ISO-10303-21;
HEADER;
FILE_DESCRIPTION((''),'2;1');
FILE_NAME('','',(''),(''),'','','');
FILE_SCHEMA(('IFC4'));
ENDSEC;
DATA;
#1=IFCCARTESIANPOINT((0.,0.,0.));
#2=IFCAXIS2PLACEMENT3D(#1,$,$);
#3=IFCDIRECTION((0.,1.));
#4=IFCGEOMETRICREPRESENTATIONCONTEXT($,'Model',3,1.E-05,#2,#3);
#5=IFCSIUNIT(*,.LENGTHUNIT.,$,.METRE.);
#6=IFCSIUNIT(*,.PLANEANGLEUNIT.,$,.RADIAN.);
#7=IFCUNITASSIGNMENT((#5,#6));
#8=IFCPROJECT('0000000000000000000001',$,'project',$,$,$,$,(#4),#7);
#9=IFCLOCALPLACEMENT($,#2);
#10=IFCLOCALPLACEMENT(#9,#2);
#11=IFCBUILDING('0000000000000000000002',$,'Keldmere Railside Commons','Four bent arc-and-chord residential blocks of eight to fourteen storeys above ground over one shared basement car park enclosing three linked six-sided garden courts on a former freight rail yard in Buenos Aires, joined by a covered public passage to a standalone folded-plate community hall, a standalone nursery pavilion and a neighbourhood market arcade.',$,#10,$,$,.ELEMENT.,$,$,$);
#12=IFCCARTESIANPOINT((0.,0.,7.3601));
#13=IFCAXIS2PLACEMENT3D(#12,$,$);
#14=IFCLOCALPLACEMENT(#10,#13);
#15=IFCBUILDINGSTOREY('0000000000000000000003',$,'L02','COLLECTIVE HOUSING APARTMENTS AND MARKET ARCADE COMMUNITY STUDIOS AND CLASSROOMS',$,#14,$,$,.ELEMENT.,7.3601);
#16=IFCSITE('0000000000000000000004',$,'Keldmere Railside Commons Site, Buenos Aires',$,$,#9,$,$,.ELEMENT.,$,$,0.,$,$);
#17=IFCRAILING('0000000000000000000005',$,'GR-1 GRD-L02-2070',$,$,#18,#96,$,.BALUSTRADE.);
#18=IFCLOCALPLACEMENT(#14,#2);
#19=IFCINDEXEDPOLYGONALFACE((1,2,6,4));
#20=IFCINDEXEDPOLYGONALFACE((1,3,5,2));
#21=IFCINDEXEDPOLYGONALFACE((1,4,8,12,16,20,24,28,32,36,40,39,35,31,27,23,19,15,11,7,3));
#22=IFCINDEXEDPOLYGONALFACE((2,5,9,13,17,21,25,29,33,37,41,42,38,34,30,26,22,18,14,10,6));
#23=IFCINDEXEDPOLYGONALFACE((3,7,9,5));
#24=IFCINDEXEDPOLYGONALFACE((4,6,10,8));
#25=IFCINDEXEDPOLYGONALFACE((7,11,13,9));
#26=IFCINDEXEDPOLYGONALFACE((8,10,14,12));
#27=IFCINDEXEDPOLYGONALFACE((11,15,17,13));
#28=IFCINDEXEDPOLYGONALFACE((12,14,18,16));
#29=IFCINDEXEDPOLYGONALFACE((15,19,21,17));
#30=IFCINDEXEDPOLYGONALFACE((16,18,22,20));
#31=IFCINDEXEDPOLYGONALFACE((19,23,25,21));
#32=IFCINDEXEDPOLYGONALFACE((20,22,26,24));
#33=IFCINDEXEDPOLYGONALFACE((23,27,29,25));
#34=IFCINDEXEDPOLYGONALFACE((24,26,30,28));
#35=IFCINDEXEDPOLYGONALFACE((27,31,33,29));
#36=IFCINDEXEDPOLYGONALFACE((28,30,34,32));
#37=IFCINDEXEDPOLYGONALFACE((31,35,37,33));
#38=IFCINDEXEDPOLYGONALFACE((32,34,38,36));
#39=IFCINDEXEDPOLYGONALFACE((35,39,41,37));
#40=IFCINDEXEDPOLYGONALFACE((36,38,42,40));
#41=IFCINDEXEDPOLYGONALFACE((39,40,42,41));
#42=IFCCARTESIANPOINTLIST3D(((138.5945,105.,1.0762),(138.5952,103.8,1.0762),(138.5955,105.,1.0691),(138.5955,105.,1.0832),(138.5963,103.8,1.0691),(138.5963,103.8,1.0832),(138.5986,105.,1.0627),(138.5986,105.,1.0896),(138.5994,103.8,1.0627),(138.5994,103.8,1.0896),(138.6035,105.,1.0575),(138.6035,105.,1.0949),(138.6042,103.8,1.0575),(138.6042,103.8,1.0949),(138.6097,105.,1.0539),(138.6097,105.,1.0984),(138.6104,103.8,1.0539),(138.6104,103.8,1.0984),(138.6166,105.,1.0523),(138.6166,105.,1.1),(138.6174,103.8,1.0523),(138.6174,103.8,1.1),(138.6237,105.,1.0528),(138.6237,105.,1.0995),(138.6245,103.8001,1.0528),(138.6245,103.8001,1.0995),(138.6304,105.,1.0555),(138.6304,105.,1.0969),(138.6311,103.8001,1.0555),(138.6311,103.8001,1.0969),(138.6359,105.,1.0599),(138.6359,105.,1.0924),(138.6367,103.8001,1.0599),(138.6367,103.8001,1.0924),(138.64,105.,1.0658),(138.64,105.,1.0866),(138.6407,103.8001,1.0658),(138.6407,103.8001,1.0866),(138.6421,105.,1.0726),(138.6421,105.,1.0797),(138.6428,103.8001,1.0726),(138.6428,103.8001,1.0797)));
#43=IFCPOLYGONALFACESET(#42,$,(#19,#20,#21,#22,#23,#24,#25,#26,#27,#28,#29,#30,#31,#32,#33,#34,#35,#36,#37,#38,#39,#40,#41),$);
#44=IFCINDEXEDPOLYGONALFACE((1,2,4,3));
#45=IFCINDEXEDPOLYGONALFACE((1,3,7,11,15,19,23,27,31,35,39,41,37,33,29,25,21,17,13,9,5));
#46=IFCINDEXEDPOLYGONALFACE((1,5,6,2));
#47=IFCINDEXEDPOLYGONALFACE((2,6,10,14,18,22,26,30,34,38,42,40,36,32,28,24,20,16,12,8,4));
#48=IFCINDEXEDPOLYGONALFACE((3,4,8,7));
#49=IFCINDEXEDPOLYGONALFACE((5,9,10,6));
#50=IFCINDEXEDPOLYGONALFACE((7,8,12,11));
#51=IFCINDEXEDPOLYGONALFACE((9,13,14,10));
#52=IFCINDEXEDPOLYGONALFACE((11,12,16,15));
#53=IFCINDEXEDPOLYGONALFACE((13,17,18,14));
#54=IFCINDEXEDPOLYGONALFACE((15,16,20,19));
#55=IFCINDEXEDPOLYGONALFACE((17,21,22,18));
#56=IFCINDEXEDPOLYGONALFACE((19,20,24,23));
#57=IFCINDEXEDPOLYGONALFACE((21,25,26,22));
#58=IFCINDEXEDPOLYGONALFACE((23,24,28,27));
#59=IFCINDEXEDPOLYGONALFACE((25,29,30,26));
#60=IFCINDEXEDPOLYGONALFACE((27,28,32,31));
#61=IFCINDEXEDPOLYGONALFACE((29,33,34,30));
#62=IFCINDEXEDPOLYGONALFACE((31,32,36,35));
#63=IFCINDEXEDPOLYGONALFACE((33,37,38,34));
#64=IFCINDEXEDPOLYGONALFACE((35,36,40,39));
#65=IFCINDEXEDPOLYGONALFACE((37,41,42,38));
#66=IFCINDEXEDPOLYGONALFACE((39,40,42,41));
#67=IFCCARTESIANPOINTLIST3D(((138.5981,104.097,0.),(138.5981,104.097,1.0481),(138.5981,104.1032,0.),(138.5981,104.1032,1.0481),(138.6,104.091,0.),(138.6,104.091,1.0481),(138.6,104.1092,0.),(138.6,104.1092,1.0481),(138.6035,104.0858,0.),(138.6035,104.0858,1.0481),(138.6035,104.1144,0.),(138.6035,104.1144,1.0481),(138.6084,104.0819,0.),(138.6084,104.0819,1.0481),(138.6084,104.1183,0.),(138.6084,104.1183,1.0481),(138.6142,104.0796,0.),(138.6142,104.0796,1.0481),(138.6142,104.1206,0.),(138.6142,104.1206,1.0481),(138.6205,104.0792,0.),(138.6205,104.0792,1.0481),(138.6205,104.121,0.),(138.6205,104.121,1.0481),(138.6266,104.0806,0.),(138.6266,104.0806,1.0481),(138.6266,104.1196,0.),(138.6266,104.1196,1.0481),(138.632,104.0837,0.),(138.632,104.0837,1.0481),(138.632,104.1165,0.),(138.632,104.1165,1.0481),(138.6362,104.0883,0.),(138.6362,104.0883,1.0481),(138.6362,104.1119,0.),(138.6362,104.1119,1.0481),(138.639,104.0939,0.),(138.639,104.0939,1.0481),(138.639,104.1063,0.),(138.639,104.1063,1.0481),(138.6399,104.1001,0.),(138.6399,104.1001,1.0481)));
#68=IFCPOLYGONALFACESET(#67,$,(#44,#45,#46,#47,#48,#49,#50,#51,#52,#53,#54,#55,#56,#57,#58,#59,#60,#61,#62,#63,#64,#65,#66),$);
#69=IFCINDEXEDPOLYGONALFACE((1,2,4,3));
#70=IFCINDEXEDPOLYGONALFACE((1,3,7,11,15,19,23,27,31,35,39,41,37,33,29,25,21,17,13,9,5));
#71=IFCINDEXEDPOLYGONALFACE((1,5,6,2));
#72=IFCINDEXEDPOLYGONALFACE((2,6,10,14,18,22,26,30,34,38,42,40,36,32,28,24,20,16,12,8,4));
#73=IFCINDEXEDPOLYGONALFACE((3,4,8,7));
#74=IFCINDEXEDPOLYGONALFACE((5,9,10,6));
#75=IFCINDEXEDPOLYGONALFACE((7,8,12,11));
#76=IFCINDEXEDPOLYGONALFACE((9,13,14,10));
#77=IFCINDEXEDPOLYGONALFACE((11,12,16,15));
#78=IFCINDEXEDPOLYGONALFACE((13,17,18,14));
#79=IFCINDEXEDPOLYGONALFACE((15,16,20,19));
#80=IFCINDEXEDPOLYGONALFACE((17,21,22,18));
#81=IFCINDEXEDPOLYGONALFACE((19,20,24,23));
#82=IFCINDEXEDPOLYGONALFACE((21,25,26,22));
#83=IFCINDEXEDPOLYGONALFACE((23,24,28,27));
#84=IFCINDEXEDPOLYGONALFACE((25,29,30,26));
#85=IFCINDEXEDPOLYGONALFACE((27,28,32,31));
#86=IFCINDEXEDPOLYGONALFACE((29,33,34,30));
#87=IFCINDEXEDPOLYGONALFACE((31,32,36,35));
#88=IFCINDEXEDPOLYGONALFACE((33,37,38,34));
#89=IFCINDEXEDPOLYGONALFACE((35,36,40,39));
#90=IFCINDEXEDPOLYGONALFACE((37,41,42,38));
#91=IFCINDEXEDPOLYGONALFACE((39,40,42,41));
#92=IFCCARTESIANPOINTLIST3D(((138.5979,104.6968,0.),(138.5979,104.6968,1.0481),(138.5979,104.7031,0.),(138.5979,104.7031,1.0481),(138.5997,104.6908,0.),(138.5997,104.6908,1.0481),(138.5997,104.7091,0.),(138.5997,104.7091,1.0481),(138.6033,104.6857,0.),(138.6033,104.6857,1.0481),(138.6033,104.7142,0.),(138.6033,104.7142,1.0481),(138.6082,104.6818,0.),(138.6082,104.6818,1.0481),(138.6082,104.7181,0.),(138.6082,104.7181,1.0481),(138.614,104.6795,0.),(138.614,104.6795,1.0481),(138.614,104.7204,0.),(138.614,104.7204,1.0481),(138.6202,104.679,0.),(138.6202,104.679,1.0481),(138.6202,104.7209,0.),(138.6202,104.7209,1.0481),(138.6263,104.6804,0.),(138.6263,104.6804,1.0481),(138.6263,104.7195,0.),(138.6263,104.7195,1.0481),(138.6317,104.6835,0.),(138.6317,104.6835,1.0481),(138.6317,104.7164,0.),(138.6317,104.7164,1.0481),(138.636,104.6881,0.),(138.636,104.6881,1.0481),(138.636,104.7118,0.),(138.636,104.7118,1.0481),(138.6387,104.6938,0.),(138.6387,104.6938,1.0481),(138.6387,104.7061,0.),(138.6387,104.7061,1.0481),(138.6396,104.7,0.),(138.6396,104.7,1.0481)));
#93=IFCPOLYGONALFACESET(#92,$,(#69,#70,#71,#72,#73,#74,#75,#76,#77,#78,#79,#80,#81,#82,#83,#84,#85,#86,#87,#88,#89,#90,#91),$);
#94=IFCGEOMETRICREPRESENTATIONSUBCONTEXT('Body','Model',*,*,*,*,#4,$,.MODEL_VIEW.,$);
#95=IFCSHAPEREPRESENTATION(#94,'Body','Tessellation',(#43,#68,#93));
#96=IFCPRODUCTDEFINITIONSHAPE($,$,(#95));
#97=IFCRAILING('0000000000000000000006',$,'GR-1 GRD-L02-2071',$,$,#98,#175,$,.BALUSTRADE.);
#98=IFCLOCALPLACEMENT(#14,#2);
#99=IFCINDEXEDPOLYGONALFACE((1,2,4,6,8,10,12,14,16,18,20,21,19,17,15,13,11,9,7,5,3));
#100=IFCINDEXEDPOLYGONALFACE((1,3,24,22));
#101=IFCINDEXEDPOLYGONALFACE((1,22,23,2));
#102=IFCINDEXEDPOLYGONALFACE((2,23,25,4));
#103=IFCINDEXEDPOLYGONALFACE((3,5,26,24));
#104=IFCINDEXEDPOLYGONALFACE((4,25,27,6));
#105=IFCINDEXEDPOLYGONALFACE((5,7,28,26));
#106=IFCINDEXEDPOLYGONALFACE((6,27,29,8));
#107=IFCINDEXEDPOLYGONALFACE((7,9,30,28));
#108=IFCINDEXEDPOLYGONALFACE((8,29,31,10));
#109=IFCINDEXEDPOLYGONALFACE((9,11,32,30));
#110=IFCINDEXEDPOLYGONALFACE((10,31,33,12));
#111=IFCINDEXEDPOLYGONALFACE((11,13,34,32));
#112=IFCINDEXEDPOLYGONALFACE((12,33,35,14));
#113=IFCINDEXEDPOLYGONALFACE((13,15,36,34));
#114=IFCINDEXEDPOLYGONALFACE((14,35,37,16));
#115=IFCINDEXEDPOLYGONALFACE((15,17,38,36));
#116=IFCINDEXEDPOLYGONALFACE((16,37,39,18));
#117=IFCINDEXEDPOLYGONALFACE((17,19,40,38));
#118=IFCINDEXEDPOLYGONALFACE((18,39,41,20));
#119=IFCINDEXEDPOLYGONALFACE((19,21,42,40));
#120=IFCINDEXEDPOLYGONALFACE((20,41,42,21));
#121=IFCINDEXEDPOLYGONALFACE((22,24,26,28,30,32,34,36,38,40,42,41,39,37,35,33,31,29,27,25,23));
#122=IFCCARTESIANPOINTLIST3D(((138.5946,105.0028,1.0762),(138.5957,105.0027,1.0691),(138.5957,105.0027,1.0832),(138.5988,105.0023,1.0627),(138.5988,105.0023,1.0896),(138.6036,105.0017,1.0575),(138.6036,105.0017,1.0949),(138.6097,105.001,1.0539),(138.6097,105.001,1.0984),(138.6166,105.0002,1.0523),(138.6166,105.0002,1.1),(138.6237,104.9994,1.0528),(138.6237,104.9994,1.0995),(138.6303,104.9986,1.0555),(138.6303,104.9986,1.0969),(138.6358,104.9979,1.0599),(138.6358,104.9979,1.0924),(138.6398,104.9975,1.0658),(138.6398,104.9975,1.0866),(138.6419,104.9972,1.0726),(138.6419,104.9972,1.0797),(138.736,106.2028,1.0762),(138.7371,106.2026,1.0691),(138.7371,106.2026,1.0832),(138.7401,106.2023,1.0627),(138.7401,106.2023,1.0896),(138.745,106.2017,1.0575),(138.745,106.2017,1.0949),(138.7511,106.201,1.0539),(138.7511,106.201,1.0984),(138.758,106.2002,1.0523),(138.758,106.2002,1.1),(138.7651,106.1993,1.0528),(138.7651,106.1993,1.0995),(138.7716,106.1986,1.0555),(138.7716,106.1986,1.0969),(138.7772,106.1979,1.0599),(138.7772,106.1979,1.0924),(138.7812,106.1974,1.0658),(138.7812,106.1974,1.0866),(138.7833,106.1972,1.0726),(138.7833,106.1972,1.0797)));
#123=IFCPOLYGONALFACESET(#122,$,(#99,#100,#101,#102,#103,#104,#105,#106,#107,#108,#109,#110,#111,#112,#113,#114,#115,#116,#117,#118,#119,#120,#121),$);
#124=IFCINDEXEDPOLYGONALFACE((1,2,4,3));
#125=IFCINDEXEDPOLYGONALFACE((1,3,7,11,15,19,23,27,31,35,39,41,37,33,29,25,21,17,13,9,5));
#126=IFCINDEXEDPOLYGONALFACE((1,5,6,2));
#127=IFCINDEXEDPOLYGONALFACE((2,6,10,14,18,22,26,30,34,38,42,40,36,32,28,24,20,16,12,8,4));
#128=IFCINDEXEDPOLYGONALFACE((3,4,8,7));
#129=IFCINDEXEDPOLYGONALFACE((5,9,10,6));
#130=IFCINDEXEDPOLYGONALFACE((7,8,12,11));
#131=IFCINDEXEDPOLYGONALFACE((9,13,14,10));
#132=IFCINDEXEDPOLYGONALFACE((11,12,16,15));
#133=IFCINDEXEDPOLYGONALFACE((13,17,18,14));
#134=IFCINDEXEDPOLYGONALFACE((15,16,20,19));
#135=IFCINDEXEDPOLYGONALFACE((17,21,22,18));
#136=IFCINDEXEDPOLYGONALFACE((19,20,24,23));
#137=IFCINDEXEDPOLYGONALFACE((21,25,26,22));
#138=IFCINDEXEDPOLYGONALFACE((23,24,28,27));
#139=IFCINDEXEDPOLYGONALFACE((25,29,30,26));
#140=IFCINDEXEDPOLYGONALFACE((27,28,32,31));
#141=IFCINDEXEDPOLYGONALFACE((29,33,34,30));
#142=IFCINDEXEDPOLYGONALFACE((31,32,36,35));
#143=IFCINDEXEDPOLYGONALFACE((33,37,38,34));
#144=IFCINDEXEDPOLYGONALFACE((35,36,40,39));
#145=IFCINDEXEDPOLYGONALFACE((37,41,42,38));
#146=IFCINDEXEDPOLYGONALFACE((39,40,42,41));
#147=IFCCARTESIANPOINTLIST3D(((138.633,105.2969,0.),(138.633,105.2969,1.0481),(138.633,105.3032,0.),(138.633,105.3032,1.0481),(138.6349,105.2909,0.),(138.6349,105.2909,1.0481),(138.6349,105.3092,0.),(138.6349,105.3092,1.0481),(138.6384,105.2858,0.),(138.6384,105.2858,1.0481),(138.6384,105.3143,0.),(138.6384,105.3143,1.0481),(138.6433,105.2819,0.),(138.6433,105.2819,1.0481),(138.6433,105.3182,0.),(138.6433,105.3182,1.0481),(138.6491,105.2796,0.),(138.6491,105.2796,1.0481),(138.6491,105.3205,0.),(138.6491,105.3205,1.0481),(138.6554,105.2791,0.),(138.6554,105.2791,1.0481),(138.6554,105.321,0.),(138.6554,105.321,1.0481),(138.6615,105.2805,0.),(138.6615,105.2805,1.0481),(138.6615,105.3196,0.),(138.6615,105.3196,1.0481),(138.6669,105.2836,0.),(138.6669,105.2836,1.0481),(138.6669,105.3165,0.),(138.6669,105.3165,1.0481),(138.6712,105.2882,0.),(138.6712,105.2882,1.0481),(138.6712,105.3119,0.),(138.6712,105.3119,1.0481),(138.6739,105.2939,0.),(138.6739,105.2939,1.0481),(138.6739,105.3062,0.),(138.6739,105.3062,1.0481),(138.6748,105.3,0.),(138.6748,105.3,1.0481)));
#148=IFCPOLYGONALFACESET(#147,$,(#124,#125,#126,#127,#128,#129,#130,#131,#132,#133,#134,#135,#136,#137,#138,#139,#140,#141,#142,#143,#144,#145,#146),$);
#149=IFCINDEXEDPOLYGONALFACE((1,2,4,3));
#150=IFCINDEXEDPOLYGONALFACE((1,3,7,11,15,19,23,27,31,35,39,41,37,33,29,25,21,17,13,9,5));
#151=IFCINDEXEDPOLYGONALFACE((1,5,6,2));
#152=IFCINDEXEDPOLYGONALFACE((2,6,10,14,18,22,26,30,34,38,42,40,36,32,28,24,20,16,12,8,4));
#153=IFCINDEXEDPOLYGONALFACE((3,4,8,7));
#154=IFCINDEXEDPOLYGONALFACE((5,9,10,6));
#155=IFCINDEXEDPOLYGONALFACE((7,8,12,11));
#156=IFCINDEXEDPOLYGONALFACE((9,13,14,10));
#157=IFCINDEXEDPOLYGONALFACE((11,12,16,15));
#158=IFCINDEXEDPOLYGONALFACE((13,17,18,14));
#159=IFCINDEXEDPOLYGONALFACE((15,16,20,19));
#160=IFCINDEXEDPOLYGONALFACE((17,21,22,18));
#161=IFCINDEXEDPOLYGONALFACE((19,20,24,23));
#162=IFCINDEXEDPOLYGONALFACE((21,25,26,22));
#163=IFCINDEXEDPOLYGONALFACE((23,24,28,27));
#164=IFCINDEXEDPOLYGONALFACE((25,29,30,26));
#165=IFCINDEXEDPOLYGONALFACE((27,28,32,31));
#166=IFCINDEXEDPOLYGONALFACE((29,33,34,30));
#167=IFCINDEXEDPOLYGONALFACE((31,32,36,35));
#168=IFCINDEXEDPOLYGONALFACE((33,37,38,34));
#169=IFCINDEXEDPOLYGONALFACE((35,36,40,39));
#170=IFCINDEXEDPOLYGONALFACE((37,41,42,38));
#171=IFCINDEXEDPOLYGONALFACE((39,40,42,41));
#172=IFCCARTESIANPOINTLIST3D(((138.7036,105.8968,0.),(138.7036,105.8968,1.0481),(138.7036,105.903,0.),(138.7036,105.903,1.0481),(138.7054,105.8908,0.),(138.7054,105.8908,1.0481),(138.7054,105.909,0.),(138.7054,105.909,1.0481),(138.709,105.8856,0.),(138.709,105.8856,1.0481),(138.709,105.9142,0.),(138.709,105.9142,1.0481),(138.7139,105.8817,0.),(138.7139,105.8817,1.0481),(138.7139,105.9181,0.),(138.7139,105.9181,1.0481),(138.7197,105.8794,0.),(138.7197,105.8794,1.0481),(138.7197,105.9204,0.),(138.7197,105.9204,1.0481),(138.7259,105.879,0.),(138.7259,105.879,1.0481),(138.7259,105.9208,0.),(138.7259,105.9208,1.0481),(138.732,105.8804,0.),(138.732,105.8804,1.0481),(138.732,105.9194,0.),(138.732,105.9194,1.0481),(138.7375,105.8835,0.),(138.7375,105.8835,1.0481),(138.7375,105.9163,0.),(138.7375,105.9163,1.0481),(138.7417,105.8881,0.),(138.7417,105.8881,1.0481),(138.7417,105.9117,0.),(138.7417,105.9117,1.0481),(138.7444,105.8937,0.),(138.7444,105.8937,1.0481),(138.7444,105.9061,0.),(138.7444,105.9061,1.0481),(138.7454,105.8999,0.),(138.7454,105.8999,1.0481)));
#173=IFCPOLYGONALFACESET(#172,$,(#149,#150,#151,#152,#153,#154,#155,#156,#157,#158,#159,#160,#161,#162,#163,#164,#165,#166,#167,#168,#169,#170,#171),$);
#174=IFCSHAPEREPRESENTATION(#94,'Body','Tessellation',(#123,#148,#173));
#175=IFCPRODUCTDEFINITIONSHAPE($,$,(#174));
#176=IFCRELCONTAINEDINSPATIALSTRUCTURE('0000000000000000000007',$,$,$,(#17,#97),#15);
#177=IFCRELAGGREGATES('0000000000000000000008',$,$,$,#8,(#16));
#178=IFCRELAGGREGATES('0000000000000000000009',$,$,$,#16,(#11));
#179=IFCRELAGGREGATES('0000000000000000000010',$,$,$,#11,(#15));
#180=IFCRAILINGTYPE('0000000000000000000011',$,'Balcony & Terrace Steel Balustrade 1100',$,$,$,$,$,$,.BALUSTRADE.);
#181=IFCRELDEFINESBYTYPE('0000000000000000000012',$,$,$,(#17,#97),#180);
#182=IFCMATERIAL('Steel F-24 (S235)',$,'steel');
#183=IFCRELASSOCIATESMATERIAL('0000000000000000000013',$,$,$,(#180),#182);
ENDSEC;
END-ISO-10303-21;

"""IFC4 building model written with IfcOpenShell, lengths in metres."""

from ifc_helpers import new_model, si_unit, direction, frame, origin, origin_2d, place, context, subcontext, project, spatial, circle, extrude, material, type_object, element, save


model = new_model("IFC4")

# Units and contexts
model_context = context("Model", 3, precision=1e-05, world=origin(), true_north=direction((0.0, 1.0)))
body_context = subcontext(model_context, "Body", "Model", "MODEL_VIEW")
ifc_project = project(units=[si_unit("LENGTHUNIT", "METRE"), si_unit("PLANEANGLEUNIT", "RADIAN")], contexts=[model_context])

# Site, building, storey
site_placement = place(None, origin())
site = spatial("IfcSite", under=ifc_project, at=site_placement, Name="Keldmere Railside Commons Site, Buenos Aires", CompositionType="ELEMENT", RefElevation=0.0)
building_placement = place(site_placement, origin())
building = spatial("IfcBuilding", under=site, at=building_placement, Name="Keldmere Railside Commons", Description="Four bent arc-and-chord residential blocks of eight to fourteen storeys above ground over one shared basement car park enclosing three linked six-sided garden courts on a former freight rail yard in Buenos Aires, joined by a covered public passage to a standalone folded-plate community hall, a standalone nursery pavilion and a neighbourhood market arcade.", CompositionType="ELEMENT")
storey_placement = place(building_placement, frame((0.0, 0.0, 7.3601)))
storey = spatial("IfcBuildingStorey", under=building, at=storey_placement, Name="L02", Description="COLLECTIVE HOUSING APARTMENTS AND MARKET ARCADE COMMUNITY STUDIOS AND CLASSROOMS", CompositionType="ELEMENT", Elevation=7.3601)

# Shared definitions
ifc_material_1 = material(Name="Steel F-24 (S235)", Category="steel")

# Railings
railing_type_1 = type_object("IfcRailingType", Name="Balcony & Terrace Steel Balustrade 1100", PredefinedType="BALUSTRADE", material=ifc_material_1)
railing_1_placement = place(storey_placement, frame((138.6191, 103.8, 0.0)))
element("IfcRailing", 1, at=railing_1_placement, inside=storey, type_object=railing_type_1, Name="GR-1 GRD-L02-2070", PredefinedType="BALUSTRADE", context=body_context, shape_type="SweptSolid", body=[
    extrude(circle(Radius=0.0239, at=origin_2d()), frame((0.0, 0.0, 1.0762), z_axis=(-0.00061, 1.0, 0.0), x_axis=(-1.0, -0.00061, 0.0)), (0.0, 0.0, 1.0), 1.2),
    extrude(circle(Radius=0.021, at=origin_2d()), frame((-0.0002, 0.3, 0.0)), (0.0, 0.0, 1.0), 1.0481),
    extrude(circle(Radius=0.021, at=origin_2d()), frame((-0.0005, 0.8999, 0.0)), (0.0, 0.0, 1.0), 1.0481),
])
railing_2_placement = place(storey_placement, frame((138.6184, 105.0, 0.0)))
element("IfcRailing", 2, at=railing_2_placement, inside=storey, type_object=railing_type_1, Name="GR-1 GRD-L02-2071", PredefinedType="BALUSTRADE", context=body_context, shape_type="SweptSolid", body=[
    extrude(circle(Radius=0.0239, at=origin_2d()), frame((0.0, 0.0, 1.0762), z_axis=(0.116994, 0.993133, 0.0), x_axis=(-0.993133, 0.116994, 0.0)), (0.0, 0.0, 1.0), 1.2083),
    extrude(circle(Radius=0.021, at=origin_2d()), frame((0.0354, 0.3, 0.0)), (0.0, 0.0, 1.0), 1.0481),
    extrude(circle(Radius=0.021, at=origin_2d()), frame((0.106, 0.8999, 0.0)), (0.0, 0.0, 1.0), 1.0481),
])

save(model, "model.ifc")
